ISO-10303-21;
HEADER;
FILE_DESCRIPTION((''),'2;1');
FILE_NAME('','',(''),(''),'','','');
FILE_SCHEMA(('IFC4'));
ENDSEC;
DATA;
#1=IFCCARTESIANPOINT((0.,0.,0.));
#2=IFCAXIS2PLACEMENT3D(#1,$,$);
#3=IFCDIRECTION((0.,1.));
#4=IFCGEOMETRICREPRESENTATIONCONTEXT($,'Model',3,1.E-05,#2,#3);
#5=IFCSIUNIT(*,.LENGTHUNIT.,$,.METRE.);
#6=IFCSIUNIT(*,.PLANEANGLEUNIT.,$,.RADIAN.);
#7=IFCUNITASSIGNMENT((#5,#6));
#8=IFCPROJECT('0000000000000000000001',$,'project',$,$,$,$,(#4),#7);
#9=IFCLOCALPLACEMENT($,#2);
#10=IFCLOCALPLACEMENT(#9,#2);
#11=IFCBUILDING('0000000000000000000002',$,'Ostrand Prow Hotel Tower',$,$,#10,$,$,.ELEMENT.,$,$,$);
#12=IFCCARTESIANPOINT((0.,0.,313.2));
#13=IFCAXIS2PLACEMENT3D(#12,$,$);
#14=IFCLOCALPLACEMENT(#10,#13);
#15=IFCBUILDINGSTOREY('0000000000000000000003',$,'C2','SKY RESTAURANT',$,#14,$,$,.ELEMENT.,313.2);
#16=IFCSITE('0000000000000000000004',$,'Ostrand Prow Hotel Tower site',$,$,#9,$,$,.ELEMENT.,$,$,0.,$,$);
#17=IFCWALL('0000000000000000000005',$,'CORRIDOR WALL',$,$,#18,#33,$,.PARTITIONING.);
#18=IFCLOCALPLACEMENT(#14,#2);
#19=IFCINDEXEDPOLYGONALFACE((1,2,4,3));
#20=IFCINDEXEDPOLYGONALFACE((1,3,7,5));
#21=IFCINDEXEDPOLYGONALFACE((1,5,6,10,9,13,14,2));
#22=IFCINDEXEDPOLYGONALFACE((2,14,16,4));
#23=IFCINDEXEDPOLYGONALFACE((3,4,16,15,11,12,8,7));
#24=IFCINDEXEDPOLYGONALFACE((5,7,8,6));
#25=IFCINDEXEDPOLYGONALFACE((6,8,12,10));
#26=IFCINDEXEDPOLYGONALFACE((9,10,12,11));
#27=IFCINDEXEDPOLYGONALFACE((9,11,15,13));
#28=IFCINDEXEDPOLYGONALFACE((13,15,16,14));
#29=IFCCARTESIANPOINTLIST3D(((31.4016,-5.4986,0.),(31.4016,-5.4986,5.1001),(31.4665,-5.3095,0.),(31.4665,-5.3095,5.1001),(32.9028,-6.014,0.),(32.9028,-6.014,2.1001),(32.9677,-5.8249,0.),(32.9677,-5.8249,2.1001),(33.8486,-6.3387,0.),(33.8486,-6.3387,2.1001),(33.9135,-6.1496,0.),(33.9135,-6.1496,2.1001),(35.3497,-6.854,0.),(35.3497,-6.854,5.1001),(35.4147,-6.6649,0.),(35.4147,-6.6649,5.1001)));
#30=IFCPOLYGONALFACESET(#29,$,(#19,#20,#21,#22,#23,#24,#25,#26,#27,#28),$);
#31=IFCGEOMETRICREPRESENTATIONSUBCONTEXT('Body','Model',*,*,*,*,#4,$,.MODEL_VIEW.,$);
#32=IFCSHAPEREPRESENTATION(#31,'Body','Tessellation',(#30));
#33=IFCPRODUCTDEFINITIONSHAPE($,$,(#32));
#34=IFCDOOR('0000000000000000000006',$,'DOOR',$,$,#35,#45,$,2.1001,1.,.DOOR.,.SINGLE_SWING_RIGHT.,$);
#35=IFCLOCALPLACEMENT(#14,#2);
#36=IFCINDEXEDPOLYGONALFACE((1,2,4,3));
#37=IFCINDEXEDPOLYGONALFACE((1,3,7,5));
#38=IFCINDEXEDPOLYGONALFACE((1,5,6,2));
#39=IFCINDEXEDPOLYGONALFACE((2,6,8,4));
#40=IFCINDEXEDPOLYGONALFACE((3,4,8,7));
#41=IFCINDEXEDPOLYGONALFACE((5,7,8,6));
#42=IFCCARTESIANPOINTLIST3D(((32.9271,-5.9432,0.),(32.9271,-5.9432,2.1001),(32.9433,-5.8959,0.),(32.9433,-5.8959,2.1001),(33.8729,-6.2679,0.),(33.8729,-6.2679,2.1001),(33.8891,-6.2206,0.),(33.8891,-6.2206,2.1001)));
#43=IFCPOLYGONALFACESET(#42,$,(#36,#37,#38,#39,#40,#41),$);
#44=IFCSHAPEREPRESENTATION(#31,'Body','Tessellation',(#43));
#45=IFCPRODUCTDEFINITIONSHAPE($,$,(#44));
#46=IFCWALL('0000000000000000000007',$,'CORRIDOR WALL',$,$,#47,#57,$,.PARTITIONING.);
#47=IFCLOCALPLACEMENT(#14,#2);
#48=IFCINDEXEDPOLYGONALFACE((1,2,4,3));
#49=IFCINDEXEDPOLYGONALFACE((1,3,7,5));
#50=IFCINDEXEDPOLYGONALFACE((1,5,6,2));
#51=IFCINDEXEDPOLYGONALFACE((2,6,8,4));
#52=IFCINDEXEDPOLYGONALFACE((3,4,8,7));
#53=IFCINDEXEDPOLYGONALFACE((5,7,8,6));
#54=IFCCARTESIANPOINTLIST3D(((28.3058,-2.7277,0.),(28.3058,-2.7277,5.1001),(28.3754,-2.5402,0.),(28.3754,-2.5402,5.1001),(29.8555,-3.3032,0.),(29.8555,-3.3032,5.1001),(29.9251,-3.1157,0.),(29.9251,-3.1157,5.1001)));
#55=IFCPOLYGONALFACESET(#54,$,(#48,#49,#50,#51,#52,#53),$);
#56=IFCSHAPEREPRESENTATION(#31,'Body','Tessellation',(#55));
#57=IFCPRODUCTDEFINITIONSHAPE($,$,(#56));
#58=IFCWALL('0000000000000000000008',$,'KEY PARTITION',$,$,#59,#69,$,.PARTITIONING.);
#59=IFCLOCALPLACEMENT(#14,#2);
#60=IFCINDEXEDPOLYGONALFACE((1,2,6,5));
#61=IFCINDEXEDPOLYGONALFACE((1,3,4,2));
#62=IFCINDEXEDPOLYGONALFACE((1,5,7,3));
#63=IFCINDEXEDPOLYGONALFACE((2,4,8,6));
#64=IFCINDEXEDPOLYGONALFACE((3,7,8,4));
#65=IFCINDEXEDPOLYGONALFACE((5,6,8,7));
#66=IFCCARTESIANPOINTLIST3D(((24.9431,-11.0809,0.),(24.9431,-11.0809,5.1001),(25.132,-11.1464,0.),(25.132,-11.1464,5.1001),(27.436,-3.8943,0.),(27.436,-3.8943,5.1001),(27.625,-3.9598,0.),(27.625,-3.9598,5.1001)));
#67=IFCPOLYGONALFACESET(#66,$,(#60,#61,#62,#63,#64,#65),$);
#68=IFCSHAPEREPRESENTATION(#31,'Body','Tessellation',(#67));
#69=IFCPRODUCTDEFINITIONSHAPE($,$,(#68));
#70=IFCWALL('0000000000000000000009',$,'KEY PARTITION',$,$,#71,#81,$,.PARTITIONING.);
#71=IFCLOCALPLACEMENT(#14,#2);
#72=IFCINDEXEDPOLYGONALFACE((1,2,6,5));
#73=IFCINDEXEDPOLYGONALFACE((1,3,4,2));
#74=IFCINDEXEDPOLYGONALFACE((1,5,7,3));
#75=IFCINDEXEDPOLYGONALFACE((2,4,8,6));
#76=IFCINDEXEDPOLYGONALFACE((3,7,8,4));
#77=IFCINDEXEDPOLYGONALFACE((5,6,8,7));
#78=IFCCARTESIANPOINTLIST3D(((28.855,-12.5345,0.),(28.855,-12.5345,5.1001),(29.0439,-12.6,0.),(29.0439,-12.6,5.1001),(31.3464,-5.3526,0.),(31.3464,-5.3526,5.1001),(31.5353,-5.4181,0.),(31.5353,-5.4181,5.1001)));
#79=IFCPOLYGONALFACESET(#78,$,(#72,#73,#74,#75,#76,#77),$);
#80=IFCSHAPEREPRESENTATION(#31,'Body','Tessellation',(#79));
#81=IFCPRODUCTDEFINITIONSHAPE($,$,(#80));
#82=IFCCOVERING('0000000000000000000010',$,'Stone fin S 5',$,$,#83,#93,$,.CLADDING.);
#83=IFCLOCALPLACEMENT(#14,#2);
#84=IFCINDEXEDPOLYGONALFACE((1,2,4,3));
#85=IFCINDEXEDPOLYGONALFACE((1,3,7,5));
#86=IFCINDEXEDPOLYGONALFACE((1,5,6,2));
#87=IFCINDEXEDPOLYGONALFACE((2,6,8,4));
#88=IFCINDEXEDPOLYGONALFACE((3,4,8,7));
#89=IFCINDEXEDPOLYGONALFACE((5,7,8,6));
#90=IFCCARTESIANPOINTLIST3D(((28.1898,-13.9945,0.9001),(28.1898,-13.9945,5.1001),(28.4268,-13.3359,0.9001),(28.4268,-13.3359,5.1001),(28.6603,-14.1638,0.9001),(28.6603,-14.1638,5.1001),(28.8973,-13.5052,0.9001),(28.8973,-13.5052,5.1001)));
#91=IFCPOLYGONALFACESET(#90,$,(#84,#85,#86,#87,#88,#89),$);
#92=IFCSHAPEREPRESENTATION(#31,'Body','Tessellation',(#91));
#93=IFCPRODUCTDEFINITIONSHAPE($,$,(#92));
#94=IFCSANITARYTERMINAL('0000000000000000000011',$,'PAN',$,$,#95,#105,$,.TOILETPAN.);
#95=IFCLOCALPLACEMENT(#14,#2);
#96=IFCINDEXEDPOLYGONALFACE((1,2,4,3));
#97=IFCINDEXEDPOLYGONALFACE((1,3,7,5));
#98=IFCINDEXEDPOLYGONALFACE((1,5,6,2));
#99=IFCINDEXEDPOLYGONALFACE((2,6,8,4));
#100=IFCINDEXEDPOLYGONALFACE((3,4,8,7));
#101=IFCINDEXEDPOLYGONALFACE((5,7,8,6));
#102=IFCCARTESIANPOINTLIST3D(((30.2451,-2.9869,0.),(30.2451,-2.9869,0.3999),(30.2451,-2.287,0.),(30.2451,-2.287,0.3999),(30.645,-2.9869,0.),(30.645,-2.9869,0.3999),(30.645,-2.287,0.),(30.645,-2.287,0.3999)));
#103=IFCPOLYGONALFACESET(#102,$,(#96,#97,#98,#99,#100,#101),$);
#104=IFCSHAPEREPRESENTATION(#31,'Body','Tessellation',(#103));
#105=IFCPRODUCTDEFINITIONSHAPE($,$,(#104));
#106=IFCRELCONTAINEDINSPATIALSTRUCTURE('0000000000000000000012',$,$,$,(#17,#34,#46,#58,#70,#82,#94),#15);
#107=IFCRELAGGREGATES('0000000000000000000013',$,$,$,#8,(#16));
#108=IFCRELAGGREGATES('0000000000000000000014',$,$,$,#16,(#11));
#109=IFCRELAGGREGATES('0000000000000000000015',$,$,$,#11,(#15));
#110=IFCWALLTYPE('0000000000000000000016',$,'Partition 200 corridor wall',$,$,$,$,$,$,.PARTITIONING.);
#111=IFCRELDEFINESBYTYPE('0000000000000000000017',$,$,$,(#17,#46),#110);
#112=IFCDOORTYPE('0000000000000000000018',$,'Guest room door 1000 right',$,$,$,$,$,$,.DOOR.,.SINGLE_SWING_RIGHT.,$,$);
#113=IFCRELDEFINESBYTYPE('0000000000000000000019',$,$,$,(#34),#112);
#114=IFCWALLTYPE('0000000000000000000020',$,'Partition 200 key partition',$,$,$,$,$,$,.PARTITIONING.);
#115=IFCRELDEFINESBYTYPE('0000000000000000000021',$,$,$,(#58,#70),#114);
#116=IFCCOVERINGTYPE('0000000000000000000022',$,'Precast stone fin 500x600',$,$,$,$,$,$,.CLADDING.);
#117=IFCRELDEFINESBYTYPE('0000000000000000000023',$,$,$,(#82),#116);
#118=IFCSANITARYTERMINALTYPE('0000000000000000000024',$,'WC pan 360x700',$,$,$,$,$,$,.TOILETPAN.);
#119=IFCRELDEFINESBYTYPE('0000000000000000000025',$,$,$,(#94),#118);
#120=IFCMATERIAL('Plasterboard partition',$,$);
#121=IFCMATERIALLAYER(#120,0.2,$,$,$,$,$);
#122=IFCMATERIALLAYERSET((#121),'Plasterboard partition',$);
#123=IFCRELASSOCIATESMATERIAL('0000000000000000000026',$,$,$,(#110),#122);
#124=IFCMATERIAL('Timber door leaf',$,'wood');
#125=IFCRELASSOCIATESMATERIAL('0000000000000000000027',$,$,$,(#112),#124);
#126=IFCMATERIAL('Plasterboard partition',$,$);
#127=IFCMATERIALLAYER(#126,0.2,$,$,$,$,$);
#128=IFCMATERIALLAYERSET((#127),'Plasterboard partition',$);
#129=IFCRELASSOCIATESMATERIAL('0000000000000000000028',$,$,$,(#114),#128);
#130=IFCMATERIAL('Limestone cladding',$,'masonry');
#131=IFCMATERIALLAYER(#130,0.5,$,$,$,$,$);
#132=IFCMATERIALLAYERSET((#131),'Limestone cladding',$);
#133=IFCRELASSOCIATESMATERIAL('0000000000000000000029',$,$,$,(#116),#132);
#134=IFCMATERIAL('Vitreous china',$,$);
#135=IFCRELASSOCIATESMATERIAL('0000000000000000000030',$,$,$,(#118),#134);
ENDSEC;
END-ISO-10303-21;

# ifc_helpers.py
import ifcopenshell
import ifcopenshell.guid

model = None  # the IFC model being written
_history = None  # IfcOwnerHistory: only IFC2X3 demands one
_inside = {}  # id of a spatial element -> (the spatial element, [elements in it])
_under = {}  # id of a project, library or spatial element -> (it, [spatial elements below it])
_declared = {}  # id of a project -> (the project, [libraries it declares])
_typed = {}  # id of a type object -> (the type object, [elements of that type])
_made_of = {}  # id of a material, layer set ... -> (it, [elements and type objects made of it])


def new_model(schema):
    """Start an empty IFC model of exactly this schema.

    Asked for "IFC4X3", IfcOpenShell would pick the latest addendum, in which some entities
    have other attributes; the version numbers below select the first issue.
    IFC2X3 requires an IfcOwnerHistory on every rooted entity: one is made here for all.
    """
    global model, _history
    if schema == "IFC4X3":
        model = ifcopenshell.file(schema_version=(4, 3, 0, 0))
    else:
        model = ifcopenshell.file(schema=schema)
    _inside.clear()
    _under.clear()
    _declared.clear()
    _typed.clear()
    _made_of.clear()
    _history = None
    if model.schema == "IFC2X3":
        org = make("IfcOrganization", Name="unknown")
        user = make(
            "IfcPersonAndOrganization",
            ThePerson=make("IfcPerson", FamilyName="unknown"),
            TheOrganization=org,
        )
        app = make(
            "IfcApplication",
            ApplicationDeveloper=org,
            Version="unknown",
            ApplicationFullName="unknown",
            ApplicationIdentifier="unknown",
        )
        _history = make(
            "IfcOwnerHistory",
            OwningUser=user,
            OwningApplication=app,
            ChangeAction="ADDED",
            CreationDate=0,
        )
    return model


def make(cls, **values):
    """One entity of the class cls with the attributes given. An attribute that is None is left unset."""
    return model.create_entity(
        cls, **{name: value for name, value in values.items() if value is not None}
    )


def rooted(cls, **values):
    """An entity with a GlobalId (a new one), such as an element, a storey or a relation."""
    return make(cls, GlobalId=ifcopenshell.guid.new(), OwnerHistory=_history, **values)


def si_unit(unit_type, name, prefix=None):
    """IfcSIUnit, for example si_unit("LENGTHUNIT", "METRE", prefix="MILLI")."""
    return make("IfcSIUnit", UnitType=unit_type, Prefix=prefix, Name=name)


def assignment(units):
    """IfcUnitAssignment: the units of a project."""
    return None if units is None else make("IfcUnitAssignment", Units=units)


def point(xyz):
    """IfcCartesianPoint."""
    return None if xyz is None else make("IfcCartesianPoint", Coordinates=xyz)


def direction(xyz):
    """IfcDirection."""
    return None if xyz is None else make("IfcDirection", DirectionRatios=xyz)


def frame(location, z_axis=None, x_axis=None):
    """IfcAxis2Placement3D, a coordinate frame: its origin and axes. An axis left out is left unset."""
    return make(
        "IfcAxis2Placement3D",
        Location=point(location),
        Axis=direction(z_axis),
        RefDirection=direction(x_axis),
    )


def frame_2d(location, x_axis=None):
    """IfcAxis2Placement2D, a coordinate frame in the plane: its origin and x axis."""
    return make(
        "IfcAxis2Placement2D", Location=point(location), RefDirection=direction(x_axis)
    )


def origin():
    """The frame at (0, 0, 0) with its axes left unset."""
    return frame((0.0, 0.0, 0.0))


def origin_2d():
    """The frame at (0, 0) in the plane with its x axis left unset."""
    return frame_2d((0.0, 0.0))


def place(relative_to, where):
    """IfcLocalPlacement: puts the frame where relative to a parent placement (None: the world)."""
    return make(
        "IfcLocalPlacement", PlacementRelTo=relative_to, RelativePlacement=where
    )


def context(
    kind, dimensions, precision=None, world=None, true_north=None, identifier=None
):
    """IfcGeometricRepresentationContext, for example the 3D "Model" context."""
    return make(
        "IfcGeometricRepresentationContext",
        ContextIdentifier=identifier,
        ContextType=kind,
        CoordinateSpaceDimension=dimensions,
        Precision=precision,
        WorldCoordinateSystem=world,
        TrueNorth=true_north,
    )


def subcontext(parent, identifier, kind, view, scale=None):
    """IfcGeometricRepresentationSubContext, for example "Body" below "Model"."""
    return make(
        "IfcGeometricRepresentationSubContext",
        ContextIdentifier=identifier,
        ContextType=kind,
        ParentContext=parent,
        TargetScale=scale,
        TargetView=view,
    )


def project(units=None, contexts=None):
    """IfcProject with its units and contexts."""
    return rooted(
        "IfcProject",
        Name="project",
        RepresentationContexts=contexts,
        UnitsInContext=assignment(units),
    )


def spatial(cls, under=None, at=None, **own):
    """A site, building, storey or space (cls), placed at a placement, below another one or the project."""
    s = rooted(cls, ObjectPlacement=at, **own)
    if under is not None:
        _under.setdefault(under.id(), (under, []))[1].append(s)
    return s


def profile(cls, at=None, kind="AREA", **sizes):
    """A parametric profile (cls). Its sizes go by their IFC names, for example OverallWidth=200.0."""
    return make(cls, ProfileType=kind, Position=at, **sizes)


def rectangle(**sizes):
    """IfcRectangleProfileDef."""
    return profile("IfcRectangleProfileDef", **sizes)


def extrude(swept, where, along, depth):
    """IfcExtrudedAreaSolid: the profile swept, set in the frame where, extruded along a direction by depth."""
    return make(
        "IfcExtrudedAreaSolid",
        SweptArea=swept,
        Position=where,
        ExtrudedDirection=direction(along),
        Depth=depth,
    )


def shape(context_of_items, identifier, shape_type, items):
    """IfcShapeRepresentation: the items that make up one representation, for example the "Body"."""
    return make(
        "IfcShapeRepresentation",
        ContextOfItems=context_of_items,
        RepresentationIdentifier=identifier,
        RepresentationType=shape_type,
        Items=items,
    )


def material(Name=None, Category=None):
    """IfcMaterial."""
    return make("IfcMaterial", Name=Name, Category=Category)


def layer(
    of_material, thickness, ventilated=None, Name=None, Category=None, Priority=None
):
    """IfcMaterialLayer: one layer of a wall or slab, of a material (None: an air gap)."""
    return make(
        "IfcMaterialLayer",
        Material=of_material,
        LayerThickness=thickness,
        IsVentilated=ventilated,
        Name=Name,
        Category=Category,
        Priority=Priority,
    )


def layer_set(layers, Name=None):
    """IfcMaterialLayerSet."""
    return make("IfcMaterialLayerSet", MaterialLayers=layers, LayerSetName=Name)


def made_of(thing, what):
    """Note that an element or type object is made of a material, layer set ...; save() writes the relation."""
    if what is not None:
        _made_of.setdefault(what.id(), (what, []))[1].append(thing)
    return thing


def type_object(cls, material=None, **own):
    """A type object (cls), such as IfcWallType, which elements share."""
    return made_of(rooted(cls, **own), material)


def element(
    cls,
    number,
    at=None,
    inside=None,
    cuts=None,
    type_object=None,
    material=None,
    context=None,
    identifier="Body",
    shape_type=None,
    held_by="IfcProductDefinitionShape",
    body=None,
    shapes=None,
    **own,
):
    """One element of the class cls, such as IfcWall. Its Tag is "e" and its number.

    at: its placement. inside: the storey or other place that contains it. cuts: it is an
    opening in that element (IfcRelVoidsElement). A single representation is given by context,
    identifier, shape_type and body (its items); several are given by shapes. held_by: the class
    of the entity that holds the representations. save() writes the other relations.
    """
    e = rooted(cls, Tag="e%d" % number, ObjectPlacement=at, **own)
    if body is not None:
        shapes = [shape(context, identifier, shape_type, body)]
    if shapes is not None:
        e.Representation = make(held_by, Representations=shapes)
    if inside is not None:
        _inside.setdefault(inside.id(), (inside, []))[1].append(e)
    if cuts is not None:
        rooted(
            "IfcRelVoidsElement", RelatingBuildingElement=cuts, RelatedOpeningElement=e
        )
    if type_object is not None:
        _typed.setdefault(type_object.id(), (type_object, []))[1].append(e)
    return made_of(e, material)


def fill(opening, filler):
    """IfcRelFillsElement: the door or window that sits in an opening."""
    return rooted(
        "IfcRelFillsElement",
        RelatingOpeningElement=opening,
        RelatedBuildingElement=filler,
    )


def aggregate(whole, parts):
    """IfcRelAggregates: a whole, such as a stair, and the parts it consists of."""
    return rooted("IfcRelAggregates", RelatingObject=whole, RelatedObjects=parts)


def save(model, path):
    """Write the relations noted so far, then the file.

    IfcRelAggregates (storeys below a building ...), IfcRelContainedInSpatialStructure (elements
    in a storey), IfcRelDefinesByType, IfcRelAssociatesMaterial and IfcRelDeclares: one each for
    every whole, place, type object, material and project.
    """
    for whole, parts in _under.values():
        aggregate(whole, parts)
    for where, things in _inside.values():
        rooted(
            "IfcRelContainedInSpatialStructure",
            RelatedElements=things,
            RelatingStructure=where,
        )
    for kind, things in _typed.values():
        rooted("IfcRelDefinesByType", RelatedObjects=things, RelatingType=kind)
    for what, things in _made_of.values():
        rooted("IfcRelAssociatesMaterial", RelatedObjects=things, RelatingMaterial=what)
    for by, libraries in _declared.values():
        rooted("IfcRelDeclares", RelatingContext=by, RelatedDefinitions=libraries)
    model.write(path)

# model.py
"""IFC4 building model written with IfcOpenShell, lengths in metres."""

from ifc_helpers import new_model, si_unit, direction, frame, frame_2d, origin, origin_2d, place, context, subcontext, project, spatial, rectangle, extrude, material, layer, layer_set, type_object, element, fill, save


model = new_model("IFC4")

# Units and contexts
model_context = context("Model", 3, precision=1e-05, world=origin(), true_north=direction((0.0, 1.0)))
body_context = subcontext(model_context, "Body", "Model", "MODEL_VIEW")
ifc_project = project(units=[si_unit("LENGTHUNIT", "METRE"), si_unit("PLANEANGLEUNIT", "RADIAN")], contexts=[model_context])

# Site, building, storey
site_placement = place(None, origin())
site = spatial("IfcSite", under=ifc_project, at=site_placement, Name="Ostrand Prow Hotel Tower site", CompositionType="ELEMENT", RefElevation=0.0)
building_placement = place(site_placement, origin())
building = spatial("IfcBuilding", under=site, at=building_placement, Name="Ostrand Prow Hotel Tower", CompositionType="ELEMENT")
storey_placement = place(building_placement, frame((0.0, 0.0, 313.2)))
storey = spatial("IfcBuildingStorey", under=building, at=storey_placement, Name="C2", Description="SKY RESTAURANT", CompositionType="ELEMENT", Elevation=313.2)

# Wall, opening, door
ifc_material_1 = material(Name="Plasterboard partition")
ifc_layer_1 = layer(ifc_material_1, 0.2)
ifc_layer_set_1 = layer_set([ifc_layer_1], Name="Plasterboard partition")
wall_type_1 = type_object("IfcWallType", Name="Partition 200 corridor wall", PredefinedType="PARTITIONING", material=ifc_layer_set_1)
wall_1_placement = place(storey_placement, frame((31.4341, -5.4041, 0.0), z_axis=(0.0, 0.0, 1.0), x_axis=(0.945815, -0.324707, 0.0)))
wall_1 = element("IfcWall", 1, at=wall_1_placement, inside=storey, type_object=wall_type_1, Name="CORRIDOR WALL", PredefinedType="PARTITIONING", context=body_context, shape_type="SweptSolid", body=[
    extrude(rectangle(XDim=4.1743, YDim=0.2, at=frame_2d((2.0872, 0.0))), origin(), (0.0, 0.0, 1.0), 5.1001),
])
opening_1_placement = place(wall_1_placement, frame((1.5872, 0.0, 0.0)))
opening_1 = element("IfcOpeningElement", 2, at=opening_1_placement, cuts=wall_1, PredefinedType="OPENING", context=body_context, shape_type="SweptSolid", body=[
    extrude(rectangle(XDim=1.0, YDim=2.1001, at=frame_2d((0.5, 1.05))), frame((0.0, 0.1099, 0.0), z_axis=(0.0, -1.0, 0.0), x_axis=(1.0, 0.0, 0.0)), (0.0, 0.0, 1.0), 0.22),
])
ifc_material_2 = material(Name="Timber door leaf", Category="wood")
door_type_1 = type_object("IfcDoorType", Name="Guest room door 1000 right", OperationType="SINGLE_SWING_RIGHT", PredefinedType="DOOR", material=ifc_material_2)
door_1_placement = place(opening_1_placement, origin())
door_1 = element("IfcDoor", 3, at=door_1_placement, inside=storey, type_object=door_type_1, Name="DOOR", OperationType="SINGLE_SWING_RIGHT", OverallHeight=2.1001, OverallWidth=1.0, PredefinedType="DOOR", context=body_context, shape_type="SweptSolid", body=[
    extrude(rectangle(XDim=1.0, YDim=2.1001, at=frame_2d((0.5, 1.05))), frame((0.0, 0.0249, 0.0), z_axis=(0.0, -1.0, 0.0), x_axis=(1.0, 0.0, 0.0)), (0.0, 0.0, 1.0), 0.05),
])
fill(opening_1, door_1)

# Walls
wall_2_placement = place(storey_placement, frame((29.8904, -3.2095, 0.0), z_axis=(0.0, 0.0, 1.0), x_axis=(-0.937447, 0.348127, 0.0)))
element("IfcWall", 4, at=wall_2_placement, inside=storey, type_object=wall_type_1, Name="CORRIDOR WALL", PredefinedType="PARTITIONING", context=body_context, shape_type="SweptSolid", body=[
    extrude(rectangle(XDim=1.6531, YDim=0.2, at=frame_2d((0.8267, 0.0))), origin(), (0.0, 0.0, 1.0), 5.1001),
])
ifc_material_3 = material(Name="Plasterboard partition")
ifc_layer_2 = layer(ifc_material_3, 0.2)
ifc_layer_set_2 = layer_set([ifc_layer_2], Name="Plasterboard partition")
wall_type_2 = type_object("IfcWallType", Name="Partition 200 key partition", PredefinedType="PARTITIONING", material=ifc_layer_set_2)
wall_3_placement = place(storey_placement, frame((25.0376, -11.1135, 0.0), z_axis=(0.0, 0.0, 1.0), x_axis=(0.32773, 0.944771, 0.0)))
element("IfcWall", 5, at=wall_3_placement, inside=storey, type_object=wall_type_2, Name="KEY PARTITION", PredefinedType="PARTITIONING", context=body_context, shape_type="SweptSolid", body=[
    extrude(rectangle(XDim=7.6067, YDim=0.2, at=frame_2d((3.8032, 0.0))), origin(), (0.0, 0.0, 1.0), 5.1001),
])
wall_4_placement = place(storey_placement, frame((28.9495, -12.5671, 0.0), z_axis=(0.0, 0.0, 1.0), x_axis=(0.327747, 0.944766, 0.0)))
element("IfcWall", 6, at=wall_4_placement, inside=storey, type_object=wall_type_2, Name="KEY PARTITION", PredefinedType="PARTITIONING", context=body_context, shape_type="SweptSolid", body=[
    extrude(rectangle(XDim=7.6018, YDim=0.2, at=frame_2d((3.8008, 0.0))), origin(), (0.0, 0.0, 1.0), 5.1001),
])

# Covering
ifc_material_4 = material(Name="Limestone cladding", Category="masonry")
ifc_layer_3 = layer(ifc_material_4, 0.5)
ifc_layer_set_3 = layer_set([ifc_layer_3], Name="Limestone cladding")
covering_type = type_object("IfcCoveringType", Name="Precast stone fin 500x600", PredefinedType="CLADDING", material=ifc_layer_set_3)
covering_placement = place(storey_placement, frame((28.6621, -13.4204, 0.9001), z_axis=(0.0, 0.0, 1.0), x_axis=(-0.338633, -0.940919, 0.0)))
element("IfcCovering", 7, at=covering_placement, inside=storey, type_object=covering_type, Name="Stone fin S 5", PredefinedType="CLADDING", context=body_context, shape_type="SweptSolid", body=[
    extrude(rectangle(XDim=0.7, YDim=0.5, at=frame_2d((0.3501, 0.0))), origin(), (0.0, 0.0, 1.0), 4.2),
])

# Sanitary terminal
ifc_material_5 = material(Name="Vitreous china")
sanitary_terminal_type = type_object("IfcSanitaryTerminalType", Name="WC pan 360x700", PredefinedType="TOILETPAN", material=ifc_material_5)
sanitary_terminal_placement = place(storey_placement, frame((30.4451, -2.637, 0.0), z_axis=(0.0, 0.0, 1.0), x_axis=(1.0, 0.0, 0.0)))
element("IfcSanitaryTerminal", 8, at=sanitary_terminal_placement, inside=storey, type_object=sanitary_terminal_type, Name="PAN", PredefinedType="TOILETPAN", context=body_context, shape_type="SweptSolid", body=[
    extrude(rectangle(XDim=0.3999, YDim=0.7, at=origin_2d()), origin(), (0.0, 0.0, 1.0), 0.3999),
])

save(model, "model.ifc")
